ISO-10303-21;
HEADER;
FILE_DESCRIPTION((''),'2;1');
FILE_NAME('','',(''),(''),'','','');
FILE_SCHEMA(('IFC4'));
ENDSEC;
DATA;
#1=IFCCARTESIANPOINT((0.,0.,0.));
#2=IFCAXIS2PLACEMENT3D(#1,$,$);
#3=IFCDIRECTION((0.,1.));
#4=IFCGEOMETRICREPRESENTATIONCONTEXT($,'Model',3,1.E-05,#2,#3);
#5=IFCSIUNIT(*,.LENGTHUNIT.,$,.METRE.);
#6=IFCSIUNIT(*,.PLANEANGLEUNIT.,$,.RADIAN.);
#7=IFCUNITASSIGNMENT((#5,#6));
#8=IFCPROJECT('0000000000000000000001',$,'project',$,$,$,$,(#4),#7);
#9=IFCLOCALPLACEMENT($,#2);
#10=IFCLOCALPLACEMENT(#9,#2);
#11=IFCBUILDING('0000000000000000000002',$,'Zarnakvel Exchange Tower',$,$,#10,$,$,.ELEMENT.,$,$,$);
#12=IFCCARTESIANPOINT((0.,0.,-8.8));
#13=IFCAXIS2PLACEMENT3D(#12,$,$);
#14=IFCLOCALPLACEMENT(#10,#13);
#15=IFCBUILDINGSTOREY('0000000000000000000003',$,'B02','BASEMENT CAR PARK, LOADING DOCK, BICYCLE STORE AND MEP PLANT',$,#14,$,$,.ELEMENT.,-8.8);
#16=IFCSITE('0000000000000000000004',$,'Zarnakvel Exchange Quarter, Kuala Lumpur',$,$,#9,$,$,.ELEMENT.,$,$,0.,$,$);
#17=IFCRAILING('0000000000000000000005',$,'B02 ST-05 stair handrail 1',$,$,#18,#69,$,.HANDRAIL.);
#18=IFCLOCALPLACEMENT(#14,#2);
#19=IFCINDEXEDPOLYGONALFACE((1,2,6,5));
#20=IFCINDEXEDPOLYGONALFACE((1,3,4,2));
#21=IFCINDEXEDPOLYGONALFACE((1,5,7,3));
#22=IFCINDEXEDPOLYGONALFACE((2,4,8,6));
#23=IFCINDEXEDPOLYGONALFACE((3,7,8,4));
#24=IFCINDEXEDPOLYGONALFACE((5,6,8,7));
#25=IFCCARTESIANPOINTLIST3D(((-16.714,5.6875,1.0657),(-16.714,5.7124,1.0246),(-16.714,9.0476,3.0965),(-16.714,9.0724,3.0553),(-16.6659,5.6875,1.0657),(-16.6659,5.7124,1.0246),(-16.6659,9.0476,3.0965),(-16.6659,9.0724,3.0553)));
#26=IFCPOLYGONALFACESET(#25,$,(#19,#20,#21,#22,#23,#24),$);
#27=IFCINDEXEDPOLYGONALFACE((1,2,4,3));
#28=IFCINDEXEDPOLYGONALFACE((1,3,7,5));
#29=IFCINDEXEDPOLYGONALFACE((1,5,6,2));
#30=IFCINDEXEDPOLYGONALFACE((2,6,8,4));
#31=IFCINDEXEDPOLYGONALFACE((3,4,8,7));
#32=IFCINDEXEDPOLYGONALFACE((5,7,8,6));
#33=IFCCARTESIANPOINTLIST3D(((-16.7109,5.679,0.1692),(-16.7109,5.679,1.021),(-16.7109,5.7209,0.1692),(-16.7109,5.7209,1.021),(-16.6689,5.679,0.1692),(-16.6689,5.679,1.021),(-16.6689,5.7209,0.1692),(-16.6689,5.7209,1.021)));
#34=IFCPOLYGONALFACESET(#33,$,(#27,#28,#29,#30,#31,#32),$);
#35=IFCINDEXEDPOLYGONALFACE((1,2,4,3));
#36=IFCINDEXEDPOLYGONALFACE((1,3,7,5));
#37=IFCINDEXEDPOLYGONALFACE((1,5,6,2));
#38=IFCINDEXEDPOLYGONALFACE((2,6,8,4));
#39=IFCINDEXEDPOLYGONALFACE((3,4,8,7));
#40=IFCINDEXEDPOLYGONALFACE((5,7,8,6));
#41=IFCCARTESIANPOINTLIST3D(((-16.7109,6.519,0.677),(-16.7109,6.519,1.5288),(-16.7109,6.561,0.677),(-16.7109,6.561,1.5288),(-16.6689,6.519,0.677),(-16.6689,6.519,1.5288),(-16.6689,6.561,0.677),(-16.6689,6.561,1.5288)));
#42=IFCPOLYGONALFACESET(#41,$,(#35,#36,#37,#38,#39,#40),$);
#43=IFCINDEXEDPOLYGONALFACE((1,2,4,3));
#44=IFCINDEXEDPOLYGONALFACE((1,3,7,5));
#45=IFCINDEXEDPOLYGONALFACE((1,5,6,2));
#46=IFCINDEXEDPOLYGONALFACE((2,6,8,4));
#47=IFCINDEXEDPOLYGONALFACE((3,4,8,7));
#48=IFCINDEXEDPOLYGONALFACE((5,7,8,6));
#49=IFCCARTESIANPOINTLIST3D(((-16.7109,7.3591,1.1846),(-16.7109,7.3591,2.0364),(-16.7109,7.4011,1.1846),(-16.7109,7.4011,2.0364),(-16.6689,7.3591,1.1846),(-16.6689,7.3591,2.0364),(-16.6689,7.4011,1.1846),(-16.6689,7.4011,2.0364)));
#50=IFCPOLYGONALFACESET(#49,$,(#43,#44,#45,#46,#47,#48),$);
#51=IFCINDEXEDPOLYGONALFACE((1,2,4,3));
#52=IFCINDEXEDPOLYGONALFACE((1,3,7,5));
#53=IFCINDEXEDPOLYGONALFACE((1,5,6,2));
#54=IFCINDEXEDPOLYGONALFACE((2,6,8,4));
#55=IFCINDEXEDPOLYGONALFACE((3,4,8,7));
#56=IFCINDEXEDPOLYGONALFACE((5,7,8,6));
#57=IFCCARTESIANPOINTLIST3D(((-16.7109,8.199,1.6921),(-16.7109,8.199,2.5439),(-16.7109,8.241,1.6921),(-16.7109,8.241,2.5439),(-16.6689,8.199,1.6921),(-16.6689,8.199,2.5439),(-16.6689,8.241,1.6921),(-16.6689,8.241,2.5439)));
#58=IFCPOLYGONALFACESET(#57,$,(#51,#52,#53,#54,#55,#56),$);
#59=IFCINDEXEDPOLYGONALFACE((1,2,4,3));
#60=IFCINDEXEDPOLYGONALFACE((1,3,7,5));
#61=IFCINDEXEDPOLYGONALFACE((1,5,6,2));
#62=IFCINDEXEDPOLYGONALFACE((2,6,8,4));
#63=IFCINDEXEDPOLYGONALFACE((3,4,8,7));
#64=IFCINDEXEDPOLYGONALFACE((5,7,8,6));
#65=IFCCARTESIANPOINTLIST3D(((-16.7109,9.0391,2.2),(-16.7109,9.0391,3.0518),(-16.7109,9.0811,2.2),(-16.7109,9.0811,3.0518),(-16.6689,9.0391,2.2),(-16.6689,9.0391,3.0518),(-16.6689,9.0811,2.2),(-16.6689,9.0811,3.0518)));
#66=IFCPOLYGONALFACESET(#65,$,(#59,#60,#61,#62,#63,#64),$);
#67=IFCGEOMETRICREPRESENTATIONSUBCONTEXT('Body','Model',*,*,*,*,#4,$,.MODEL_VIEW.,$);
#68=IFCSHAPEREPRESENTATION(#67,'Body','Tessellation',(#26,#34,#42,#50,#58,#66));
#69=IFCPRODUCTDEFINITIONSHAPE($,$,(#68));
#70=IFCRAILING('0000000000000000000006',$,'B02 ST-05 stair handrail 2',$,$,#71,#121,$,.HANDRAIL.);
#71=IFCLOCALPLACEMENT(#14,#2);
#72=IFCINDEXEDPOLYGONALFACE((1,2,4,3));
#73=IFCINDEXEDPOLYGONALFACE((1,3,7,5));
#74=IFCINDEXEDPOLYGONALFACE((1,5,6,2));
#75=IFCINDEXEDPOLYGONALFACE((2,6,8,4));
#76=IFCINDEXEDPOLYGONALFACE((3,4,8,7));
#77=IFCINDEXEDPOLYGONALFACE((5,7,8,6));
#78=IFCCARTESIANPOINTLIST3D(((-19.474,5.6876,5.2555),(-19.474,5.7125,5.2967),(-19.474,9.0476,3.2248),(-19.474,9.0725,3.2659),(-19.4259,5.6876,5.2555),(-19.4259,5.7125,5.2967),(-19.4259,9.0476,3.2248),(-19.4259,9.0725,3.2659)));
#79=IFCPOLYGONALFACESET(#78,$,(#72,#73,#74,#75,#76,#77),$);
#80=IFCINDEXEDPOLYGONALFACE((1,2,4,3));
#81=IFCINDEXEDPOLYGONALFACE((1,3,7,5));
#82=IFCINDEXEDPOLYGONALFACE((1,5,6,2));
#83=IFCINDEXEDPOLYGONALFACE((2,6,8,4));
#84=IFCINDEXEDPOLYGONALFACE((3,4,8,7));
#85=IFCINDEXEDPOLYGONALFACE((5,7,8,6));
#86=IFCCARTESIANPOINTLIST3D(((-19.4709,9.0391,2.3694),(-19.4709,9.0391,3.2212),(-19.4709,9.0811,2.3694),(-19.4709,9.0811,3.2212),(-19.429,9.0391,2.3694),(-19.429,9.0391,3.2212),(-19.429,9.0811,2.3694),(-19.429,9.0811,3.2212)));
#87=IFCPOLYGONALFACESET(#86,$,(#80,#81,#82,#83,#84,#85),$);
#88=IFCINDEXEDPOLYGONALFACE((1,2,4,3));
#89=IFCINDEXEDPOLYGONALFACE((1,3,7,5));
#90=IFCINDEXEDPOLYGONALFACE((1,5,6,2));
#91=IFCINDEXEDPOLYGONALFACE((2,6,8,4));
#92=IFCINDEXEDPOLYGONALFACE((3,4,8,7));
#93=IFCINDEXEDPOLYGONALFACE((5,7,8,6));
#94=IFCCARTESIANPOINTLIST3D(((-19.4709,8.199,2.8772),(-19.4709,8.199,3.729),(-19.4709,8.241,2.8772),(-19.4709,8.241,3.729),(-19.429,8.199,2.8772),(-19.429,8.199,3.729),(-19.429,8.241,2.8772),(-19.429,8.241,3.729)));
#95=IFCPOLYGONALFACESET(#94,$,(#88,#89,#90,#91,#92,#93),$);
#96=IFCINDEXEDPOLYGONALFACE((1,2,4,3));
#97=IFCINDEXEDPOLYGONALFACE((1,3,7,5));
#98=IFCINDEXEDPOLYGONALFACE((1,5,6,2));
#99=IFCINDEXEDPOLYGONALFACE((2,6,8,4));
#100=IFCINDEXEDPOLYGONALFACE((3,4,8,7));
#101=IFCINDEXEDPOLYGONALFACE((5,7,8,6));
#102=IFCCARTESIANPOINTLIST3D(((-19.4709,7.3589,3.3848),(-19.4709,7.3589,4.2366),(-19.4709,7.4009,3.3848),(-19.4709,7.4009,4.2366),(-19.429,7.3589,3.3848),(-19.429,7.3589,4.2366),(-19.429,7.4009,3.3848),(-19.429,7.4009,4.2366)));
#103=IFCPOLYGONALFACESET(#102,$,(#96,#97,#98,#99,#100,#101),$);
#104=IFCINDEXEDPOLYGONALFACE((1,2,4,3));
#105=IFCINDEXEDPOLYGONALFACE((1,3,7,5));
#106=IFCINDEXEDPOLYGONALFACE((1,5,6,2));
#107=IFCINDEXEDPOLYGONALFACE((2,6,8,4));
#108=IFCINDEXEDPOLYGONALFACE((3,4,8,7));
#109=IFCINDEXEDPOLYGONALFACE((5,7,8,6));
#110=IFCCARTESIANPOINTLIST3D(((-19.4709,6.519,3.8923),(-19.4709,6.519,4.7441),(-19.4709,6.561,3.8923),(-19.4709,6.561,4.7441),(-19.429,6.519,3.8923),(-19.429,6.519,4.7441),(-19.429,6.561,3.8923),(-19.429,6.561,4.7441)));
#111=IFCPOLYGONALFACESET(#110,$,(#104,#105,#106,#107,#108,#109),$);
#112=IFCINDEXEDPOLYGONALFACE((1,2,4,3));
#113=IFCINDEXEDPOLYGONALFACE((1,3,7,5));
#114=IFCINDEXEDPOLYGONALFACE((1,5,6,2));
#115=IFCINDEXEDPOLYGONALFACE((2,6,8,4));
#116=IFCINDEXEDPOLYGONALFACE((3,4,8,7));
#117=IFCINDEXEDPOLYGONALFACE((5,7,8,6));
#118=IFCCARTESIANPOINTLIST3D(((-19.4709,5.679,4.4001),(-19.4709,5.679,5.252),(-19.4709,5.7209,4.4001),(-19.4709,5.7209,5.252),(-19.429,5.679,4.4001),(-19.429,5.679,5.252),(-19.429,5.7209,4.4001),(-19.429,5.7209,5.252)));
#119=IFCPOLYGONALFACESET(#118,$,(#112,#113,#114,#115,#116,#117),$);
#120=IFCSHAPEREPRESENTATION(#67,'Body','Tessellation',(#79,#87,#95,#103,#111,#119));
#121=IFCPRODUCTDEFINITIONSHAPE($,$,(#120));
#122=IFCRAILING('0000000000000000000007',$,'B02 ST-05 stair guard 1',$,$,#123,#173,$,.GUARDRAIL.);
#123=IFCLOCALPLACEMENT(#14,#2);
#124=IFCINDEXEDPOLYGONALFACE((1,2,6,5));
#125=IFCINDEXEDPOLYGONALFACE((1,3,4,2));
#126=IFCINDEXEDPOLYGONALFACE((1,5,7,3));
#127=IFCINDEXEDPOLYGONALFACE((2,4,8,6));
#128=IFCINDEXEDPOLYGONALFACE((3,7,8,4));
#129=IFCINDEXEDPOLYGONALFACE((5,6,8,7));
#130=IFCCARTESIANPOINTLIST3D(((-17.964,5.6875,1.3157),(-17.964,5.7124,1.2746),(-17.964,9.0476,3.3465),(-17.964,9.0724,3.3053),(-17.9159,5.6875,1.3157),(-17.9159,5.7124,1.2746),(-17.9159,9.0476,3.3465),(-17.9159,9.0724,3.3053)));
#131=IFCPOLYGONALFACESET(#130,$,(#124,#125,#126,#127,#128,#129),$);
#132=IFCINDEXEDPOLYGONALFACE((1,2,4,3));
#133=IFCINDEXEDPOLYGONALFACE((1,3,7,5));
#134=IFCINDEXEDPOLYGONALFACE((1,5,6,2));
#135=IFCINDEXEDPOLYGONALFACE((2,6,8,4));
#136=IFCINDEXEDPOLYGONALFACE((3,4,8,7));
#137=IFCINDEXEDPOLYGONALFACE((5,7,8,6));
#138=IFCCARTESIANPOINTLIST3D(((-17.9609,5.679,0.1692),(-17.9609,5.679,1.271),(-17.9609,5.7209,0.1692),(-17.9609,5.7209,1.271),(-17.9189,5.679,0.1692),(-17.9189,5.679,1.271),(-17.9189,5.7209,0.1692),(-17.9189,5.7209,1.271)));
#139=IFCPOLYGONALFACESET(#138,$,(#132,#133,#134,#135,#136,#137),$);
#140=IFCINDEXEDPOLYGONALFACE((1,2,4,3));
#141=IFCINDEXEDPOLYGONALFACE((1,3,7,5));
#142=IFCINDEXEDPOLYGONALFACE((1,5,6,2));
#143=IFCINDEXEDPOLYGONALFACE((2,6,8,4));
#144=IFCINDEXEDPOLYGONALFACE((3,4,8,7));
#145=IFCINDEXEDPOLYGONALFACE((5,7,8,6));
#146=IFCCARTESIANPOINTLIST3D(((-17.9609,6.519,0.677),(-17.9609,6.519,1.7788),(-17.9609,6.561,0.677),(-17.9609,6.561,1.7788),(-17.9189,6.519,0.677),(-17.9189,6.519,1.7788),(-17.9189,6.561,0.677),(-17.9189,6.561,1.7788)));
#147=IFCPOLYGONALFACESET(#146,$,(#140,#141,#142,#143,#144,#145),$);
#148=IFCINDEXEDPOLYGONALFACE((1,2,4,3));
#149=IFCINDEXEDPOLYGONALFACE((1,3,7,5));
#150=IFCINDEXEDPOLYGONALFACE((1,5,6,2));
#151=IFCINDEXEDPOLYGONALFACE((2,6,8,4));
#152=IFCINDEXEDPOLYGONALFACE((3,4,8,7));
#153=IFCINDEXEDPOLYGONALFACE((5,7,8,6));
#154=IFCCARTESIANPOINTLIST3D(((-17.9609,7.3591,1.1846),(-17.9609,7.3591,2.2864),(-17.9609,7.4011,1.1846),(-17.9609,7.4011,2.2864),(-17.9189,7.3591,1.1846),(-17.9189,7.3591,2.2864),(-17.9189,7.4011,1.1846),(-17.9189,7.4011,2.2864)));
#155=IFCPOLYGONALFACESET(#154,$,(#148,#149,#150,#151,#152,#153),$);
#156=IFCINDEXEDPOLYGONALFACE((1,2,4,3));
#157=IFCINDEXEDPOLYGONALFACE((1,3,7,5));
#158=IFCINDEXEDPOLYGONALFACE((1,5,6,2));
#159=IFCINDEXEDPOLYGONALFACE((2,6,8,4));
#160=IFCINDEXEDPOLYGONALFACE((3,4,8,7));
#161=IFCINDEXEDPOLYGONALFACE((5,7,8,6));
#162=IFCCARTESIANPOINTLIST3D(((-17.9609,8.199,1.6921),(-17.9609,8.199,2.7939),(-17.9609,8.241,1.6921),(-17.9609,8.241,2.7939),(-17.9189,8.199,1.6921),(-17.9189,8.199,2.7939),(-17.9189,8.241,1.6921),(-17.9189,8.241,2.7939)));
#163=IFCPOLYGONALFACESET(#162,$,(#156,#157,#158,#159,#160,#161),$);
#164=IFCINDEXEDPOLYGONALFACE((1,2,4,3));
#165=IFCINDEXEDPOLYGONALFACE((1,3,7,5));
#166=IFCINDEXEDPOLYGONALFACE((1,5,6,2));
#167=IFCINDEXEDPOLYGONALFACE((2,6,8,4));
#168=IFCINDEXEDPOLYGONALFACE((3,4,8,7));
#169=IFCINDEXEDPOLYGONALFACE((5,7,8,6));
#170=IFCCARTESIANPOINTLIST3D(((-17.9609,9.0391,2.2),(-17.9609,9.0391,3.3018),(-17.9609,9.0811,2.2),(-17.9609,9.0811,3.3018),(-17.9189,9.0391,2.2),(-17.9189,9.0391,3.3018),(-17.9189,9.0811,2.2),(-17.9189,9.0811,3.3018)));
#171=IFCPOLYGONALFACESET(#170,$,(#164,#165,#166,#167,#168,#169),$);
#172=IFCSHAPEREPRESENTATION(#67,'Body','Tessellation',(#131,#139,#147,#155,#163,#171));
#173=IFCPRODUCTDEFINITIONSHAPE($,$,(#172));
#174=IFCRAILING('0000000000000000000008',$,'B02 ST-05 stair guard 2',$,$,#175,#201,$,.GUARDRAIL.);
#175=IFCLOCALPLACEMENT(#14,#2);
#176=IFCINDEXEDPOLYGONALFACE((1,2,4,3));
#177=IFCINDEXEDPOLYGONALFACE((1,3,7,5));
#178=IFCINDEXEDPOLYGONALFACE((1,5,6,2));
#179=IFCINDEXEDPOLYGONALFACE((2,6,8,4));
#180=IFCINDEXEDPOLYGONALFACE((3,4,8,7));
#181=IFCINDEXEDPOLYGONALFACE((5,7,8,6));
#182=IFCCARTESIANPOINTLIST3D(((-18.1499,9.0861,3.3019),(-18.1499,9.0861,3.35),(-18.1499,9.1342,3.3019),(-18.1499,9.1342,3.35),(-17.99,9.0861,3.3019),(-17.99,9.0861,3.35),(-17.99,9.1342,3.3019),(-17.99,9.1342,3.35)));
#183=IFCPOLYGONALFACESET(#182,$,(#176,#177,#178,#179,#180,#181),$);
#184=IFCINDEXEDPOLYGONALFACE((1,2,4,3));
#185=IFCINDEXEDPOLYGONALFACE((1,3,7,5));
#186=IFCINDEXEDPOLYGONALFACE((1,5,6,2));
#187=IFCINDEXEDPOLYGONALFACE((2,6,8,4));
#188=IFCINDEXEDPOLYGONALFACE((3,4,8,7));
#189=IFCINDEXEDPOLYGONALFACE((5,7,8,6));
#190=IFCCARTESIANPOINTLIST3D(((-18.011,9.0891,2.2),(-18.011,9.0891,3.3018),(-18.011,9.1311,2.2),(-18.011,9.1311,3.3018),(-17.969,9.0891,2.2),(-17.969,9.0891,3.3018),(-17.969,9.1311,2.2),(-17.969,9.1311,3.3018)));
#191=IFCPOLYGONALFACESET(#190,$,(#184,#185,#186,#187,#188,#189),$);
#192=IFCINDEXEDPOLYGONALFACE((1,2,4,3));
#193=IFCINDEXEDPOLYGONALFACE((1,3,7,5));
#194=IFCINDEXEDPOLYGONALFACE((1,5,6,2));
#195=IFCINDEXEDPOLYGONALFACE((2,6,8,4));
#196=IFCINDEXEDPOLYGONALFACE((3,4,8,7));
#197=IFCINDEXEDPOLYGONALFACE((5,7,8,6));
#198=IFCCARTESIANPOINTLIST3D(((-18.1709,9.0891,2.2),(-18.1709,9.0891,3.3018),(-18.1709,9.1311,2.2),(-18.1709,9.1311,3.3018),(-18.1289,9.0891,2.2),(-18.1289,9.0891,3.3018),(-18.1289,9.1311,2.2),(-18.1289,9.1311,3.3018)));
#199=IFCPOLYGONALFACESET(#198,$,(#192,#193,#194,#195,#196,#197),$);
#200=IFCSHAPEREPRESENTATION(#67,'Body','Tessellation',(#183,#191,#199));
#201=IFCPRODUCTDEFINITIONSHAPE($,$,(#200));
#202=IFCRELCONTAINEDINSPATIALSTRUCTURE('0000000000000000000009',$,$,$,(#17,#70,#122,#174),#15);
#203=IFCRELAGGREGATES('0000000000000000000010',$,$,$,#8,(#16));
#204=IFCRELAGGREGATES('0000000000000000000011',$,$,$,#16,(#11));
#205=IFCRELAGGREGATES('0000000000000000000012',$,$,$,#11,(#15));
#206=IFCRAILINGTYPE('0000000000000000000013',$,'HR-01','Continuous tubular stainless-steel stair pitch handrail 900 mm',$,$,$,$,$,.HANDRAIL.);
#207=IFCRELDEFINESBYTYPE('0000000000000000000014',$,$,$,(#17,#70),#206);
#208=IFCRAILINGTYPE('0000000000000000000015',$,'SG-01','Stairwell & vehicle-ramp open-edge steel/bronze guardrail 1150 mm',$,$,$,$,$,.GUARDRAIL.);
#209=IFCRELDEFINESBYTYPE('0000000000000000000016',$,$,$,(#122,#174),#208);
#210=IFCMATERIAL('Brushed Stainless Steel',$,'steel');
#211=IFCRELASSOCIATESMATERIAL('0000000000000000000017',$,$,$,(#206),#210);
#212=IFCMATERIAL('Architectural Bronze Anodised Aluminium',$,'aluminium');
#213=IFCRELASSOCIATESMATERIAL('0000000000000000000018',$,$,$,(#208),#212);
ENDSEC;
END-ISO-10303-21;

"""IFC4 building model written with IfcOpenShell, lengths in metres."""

from ifc_helpers import new_model, si_unit, direction, frame, origin, origin_2d, place, context, subcontext, project, spatial, rectangle, extrude, material, type_object, element, save


model = new_model("IFC4")

# Units and contexts
model_context = context("Model", 3, precision=1e-05, world=origin(), true_north=direction((0.0, 1.0)))
body_context = subcontext(model_context, "Body", "Model", "MODEL_VIEW")
ifc_project = project(units=[si_unit("LENGTHUNIT", "METRE"), si_unit("PLANEANGLEUNIT", "RADIAN")], contexts=[model_context])

# Site, building, storey
site_placement = place(None, origin())
site = spatial("IfcSite", under=ifc_project, at=site_placement, Name="Zarnakvel Exchange Quarter, Kuala Lumpur", CompositionType="ELEMENT", RefElevation=0.0)
building_placement = place(site_placement, origin())
building = spatial("IfcBuilding", under=site, at=building_placement, Name="Zarnakvel Exchange Tower", CompositionType="ELEMENT")
storey_placement = place(building_placement, frame((0.0, 0.0, -8.8)))
storey = spatial("IfcBuildingStorey", under=building, at=storey_placement, Name="B02", Description="BASEMENT CAR PARK, LOADING DOCK, BICYCLE STORE AND MEP PLANT", CompositionType="ELEMENT", Elevation=-8.8)

# Railings
ifc_material_1 = material(Name="Brushed Stainless Steel", Category="steel")
railing_type_1 = type_object("IfcRailingType", Name="HR-01", Description="Continuous tubular stainless-steel stair pitch handrail 900 mm", PredefinedType="HANDRAIL", material=ifc_material_1)
railing_1_placement = place(storey_placement, frame((-16.6899, 5.7, 0.1692)))
element("IfcRailing", 1, at=railing_1_placement, inside=storey, type_object=railing_type_1, Name="B02 ST-05 stair handrail 1", PredefinedType="HANDRAIL", context=body_context, shape_type="SweptSolid", body=[
    extrude(rectangle(XDim=0.0481, YDim=0.0481, at=origin_2d()), frame((0.0, 0.0, 0.876), z_axis=(0.0, 0.855837, 0.517246), x_axis=(-1.0, 0.0, 0.0)), (0.0, 0.0, 1.0), 3.926),
    extrude(rectangle(XDim=0.042, YDim=0.042, at=origin_2d()), origin(), (0.0, 0.0, 1.0), 0.8518),
    extrude(rectangle(XDim=0.042, YDim=0.042, at=origin_2d()), frame((0.0, 0.8401, 0.5078)), (0.0, 0.0, 1.0), 0.8518),
    extrude(rectangle(XDim=0.042, YDim=0.042, at=origin_2d()), frame((0.0, 1.6802, 1.0154)), (0.0, 0.0, 1.0), 0.8518),
    extrude(rectangle(XDim=0.042, YDim=0.042, at=origin_2d()), frame((0.0, 2.52, 1.5229)), (0.0, 0.0, 1.0), 0.8518),
    extrude(rectangle(XDim=0.042, YDim=0.042, at=origin_2d()), frame((0.0, 3.3601, 2.0308)), (0.0, 0.0, 1.0), 0.8518),
])
railing_2_placement = place(storey_placement, frame((-19.45, 9.0601, 2.3694)))
element("IfcRailing", 2, at=railing_2_placement, inside=storey, type_object=railing_type_1, Name="B02 ST-05 stair handrail 2", PredefinedType="HANDRAIL", context=body_context, shape_type="SweptSolid", body=[
    extrude(rectangle(XDim=0.0481, YDim=0.0481, at=origin_2d()), frame((0.0, 0.0, 0.876), z_axis=(0.0, -0.855837, 0.517246), x_axis=(1.0, 0.0, 0.0)), (0.0, 0.0, 1.0), 3.926),
    extrude(rectangle(XDim=0.042, YDim=0.042, at=origin_2d()), origin(), (0.0, 0.0, 1.0), 0.8518),
    extrude(rectangle(XDim=0.042, YDim=0.042, at=origin_2d()), frame((0.0, -0.8401, 0.5078)), (0.0, 0.0, 1.0), 0.8518),
    extrude(rectangle(XDim=0.042, YDim=0.042, at=origin_2d()), frame((0.0, -1.6802, 1.0154)), (0.0, 0.0, 1.0), 0.8518),
    extrude(rectangle(XDim=0.042, YDim=0.042, at=origin_2d()), frame((0.0, -2.52, 1.5229)), (0.0, 0.0, 1.0), 0.8518),
    extrude(rectangle(XDim=0.042, YDim=0.042, at=origin_2d()), frame((0.0, -3.3601, 2.0308)), (0.0, 0.0, 1.0), 0.8518),
])
ifc_material_2 = material(Name="Architectural Bronze Anodised Aluminium", Category="aluminium")
railing_type_2 = type_object("IfcRailingType", Name="SG-01", Description="Stairwell & vehicle-ramp open-edge steel/bronze guardrail 1150 mm", PredefinedType="GUARDRAIL", material=ifc_material_2)
railing_3_placement = place(storey_placement, frame((-17.9399, 5.7, 0.1692)))
element("IfcRailing", 3, at=railing_3_placement, inside=storey, type_object=railing_type_2, Name="B02 ST-05 stair guard 1", PredefinedType="GUARDRAIL", context=body_context, shape_type="SweptSolid", body=[
    extrude(rectangle(XDim=0.0481, YDim=0.0481, at=origin_2d()), frame((0.0, 0.0, 1.126), z_axis=(0.0, 0.855837, 0.517246), x_axis=(-1.0, 0.0, 0.0)), (0.0, 0.0, 1.0), 3.926),
    extrude(rectangle(XDim=0.042, YDim=0.042, at=origin_2d()), origin(), (0.0, 0.0, 1.0), 1.1018),
    extrude(rectangle(XDim=0.042, YDim=0.042, at=origin_2d()), frame((0.0, 0.8401, 0.5078)), (0.0, 0.0, 1.0), 1.1018),
    extrude(rectangle(XDim=0.042, YDim=0.042, at=origin_2d()), frame((0.0, 1.6802, 1.0154)), (0.0, 0.0, 1.0), 1.1018),
    extrude(rectangle(XDim=0.042, YDim=0.042, at=origin_2d()), frame((0.0, 2.52, 1.5229)), (0.0, 0.0, 1.0), 1.1018),
    extrude(rectangle(XDim=0.042, YDim=0.042, at=origin_2d()), frame((0.0, 3.3601, 2.0308)), (0.0, 0.0, 1.0), 1.1018),
])
railing_4_placement = place(storey_placement, frame((-17.99, 9.1101, 2.2)))
element("IfcRailing", 4, at=railing_4_placement, inside=storey, type_object=railing_type_2, Name="B02 ST-05 stair guard 2", PredefinedType="GUARDRAIL", context=body_context, shape_type="SweptSolid", body=[
    extrude(rectangle(XDim=0.0481, YDim=0.0481, at=origin_2d()), frame((0.0, 0.0, 1.126), z_axis=(-1.0, 0.0, 0.0), x_axis=(0.0, -1.0, 0.0)), (0.0, 0.0, 1.0), 0.1599),
    extrude(rectangle(XDim=0.042, YDim=0.042, at=origin_2d()), origin(), (0.0, 0.0, 1.0), 1.1018),
    extrude(rectangle(XDim=0.042, YDim=0.042, at=origin_2d()), frame((-0.1599, 0.0, 0.0)), (0.0, 0.0, 1.0), 1.1018),
])

save(model, "model.ifc")
